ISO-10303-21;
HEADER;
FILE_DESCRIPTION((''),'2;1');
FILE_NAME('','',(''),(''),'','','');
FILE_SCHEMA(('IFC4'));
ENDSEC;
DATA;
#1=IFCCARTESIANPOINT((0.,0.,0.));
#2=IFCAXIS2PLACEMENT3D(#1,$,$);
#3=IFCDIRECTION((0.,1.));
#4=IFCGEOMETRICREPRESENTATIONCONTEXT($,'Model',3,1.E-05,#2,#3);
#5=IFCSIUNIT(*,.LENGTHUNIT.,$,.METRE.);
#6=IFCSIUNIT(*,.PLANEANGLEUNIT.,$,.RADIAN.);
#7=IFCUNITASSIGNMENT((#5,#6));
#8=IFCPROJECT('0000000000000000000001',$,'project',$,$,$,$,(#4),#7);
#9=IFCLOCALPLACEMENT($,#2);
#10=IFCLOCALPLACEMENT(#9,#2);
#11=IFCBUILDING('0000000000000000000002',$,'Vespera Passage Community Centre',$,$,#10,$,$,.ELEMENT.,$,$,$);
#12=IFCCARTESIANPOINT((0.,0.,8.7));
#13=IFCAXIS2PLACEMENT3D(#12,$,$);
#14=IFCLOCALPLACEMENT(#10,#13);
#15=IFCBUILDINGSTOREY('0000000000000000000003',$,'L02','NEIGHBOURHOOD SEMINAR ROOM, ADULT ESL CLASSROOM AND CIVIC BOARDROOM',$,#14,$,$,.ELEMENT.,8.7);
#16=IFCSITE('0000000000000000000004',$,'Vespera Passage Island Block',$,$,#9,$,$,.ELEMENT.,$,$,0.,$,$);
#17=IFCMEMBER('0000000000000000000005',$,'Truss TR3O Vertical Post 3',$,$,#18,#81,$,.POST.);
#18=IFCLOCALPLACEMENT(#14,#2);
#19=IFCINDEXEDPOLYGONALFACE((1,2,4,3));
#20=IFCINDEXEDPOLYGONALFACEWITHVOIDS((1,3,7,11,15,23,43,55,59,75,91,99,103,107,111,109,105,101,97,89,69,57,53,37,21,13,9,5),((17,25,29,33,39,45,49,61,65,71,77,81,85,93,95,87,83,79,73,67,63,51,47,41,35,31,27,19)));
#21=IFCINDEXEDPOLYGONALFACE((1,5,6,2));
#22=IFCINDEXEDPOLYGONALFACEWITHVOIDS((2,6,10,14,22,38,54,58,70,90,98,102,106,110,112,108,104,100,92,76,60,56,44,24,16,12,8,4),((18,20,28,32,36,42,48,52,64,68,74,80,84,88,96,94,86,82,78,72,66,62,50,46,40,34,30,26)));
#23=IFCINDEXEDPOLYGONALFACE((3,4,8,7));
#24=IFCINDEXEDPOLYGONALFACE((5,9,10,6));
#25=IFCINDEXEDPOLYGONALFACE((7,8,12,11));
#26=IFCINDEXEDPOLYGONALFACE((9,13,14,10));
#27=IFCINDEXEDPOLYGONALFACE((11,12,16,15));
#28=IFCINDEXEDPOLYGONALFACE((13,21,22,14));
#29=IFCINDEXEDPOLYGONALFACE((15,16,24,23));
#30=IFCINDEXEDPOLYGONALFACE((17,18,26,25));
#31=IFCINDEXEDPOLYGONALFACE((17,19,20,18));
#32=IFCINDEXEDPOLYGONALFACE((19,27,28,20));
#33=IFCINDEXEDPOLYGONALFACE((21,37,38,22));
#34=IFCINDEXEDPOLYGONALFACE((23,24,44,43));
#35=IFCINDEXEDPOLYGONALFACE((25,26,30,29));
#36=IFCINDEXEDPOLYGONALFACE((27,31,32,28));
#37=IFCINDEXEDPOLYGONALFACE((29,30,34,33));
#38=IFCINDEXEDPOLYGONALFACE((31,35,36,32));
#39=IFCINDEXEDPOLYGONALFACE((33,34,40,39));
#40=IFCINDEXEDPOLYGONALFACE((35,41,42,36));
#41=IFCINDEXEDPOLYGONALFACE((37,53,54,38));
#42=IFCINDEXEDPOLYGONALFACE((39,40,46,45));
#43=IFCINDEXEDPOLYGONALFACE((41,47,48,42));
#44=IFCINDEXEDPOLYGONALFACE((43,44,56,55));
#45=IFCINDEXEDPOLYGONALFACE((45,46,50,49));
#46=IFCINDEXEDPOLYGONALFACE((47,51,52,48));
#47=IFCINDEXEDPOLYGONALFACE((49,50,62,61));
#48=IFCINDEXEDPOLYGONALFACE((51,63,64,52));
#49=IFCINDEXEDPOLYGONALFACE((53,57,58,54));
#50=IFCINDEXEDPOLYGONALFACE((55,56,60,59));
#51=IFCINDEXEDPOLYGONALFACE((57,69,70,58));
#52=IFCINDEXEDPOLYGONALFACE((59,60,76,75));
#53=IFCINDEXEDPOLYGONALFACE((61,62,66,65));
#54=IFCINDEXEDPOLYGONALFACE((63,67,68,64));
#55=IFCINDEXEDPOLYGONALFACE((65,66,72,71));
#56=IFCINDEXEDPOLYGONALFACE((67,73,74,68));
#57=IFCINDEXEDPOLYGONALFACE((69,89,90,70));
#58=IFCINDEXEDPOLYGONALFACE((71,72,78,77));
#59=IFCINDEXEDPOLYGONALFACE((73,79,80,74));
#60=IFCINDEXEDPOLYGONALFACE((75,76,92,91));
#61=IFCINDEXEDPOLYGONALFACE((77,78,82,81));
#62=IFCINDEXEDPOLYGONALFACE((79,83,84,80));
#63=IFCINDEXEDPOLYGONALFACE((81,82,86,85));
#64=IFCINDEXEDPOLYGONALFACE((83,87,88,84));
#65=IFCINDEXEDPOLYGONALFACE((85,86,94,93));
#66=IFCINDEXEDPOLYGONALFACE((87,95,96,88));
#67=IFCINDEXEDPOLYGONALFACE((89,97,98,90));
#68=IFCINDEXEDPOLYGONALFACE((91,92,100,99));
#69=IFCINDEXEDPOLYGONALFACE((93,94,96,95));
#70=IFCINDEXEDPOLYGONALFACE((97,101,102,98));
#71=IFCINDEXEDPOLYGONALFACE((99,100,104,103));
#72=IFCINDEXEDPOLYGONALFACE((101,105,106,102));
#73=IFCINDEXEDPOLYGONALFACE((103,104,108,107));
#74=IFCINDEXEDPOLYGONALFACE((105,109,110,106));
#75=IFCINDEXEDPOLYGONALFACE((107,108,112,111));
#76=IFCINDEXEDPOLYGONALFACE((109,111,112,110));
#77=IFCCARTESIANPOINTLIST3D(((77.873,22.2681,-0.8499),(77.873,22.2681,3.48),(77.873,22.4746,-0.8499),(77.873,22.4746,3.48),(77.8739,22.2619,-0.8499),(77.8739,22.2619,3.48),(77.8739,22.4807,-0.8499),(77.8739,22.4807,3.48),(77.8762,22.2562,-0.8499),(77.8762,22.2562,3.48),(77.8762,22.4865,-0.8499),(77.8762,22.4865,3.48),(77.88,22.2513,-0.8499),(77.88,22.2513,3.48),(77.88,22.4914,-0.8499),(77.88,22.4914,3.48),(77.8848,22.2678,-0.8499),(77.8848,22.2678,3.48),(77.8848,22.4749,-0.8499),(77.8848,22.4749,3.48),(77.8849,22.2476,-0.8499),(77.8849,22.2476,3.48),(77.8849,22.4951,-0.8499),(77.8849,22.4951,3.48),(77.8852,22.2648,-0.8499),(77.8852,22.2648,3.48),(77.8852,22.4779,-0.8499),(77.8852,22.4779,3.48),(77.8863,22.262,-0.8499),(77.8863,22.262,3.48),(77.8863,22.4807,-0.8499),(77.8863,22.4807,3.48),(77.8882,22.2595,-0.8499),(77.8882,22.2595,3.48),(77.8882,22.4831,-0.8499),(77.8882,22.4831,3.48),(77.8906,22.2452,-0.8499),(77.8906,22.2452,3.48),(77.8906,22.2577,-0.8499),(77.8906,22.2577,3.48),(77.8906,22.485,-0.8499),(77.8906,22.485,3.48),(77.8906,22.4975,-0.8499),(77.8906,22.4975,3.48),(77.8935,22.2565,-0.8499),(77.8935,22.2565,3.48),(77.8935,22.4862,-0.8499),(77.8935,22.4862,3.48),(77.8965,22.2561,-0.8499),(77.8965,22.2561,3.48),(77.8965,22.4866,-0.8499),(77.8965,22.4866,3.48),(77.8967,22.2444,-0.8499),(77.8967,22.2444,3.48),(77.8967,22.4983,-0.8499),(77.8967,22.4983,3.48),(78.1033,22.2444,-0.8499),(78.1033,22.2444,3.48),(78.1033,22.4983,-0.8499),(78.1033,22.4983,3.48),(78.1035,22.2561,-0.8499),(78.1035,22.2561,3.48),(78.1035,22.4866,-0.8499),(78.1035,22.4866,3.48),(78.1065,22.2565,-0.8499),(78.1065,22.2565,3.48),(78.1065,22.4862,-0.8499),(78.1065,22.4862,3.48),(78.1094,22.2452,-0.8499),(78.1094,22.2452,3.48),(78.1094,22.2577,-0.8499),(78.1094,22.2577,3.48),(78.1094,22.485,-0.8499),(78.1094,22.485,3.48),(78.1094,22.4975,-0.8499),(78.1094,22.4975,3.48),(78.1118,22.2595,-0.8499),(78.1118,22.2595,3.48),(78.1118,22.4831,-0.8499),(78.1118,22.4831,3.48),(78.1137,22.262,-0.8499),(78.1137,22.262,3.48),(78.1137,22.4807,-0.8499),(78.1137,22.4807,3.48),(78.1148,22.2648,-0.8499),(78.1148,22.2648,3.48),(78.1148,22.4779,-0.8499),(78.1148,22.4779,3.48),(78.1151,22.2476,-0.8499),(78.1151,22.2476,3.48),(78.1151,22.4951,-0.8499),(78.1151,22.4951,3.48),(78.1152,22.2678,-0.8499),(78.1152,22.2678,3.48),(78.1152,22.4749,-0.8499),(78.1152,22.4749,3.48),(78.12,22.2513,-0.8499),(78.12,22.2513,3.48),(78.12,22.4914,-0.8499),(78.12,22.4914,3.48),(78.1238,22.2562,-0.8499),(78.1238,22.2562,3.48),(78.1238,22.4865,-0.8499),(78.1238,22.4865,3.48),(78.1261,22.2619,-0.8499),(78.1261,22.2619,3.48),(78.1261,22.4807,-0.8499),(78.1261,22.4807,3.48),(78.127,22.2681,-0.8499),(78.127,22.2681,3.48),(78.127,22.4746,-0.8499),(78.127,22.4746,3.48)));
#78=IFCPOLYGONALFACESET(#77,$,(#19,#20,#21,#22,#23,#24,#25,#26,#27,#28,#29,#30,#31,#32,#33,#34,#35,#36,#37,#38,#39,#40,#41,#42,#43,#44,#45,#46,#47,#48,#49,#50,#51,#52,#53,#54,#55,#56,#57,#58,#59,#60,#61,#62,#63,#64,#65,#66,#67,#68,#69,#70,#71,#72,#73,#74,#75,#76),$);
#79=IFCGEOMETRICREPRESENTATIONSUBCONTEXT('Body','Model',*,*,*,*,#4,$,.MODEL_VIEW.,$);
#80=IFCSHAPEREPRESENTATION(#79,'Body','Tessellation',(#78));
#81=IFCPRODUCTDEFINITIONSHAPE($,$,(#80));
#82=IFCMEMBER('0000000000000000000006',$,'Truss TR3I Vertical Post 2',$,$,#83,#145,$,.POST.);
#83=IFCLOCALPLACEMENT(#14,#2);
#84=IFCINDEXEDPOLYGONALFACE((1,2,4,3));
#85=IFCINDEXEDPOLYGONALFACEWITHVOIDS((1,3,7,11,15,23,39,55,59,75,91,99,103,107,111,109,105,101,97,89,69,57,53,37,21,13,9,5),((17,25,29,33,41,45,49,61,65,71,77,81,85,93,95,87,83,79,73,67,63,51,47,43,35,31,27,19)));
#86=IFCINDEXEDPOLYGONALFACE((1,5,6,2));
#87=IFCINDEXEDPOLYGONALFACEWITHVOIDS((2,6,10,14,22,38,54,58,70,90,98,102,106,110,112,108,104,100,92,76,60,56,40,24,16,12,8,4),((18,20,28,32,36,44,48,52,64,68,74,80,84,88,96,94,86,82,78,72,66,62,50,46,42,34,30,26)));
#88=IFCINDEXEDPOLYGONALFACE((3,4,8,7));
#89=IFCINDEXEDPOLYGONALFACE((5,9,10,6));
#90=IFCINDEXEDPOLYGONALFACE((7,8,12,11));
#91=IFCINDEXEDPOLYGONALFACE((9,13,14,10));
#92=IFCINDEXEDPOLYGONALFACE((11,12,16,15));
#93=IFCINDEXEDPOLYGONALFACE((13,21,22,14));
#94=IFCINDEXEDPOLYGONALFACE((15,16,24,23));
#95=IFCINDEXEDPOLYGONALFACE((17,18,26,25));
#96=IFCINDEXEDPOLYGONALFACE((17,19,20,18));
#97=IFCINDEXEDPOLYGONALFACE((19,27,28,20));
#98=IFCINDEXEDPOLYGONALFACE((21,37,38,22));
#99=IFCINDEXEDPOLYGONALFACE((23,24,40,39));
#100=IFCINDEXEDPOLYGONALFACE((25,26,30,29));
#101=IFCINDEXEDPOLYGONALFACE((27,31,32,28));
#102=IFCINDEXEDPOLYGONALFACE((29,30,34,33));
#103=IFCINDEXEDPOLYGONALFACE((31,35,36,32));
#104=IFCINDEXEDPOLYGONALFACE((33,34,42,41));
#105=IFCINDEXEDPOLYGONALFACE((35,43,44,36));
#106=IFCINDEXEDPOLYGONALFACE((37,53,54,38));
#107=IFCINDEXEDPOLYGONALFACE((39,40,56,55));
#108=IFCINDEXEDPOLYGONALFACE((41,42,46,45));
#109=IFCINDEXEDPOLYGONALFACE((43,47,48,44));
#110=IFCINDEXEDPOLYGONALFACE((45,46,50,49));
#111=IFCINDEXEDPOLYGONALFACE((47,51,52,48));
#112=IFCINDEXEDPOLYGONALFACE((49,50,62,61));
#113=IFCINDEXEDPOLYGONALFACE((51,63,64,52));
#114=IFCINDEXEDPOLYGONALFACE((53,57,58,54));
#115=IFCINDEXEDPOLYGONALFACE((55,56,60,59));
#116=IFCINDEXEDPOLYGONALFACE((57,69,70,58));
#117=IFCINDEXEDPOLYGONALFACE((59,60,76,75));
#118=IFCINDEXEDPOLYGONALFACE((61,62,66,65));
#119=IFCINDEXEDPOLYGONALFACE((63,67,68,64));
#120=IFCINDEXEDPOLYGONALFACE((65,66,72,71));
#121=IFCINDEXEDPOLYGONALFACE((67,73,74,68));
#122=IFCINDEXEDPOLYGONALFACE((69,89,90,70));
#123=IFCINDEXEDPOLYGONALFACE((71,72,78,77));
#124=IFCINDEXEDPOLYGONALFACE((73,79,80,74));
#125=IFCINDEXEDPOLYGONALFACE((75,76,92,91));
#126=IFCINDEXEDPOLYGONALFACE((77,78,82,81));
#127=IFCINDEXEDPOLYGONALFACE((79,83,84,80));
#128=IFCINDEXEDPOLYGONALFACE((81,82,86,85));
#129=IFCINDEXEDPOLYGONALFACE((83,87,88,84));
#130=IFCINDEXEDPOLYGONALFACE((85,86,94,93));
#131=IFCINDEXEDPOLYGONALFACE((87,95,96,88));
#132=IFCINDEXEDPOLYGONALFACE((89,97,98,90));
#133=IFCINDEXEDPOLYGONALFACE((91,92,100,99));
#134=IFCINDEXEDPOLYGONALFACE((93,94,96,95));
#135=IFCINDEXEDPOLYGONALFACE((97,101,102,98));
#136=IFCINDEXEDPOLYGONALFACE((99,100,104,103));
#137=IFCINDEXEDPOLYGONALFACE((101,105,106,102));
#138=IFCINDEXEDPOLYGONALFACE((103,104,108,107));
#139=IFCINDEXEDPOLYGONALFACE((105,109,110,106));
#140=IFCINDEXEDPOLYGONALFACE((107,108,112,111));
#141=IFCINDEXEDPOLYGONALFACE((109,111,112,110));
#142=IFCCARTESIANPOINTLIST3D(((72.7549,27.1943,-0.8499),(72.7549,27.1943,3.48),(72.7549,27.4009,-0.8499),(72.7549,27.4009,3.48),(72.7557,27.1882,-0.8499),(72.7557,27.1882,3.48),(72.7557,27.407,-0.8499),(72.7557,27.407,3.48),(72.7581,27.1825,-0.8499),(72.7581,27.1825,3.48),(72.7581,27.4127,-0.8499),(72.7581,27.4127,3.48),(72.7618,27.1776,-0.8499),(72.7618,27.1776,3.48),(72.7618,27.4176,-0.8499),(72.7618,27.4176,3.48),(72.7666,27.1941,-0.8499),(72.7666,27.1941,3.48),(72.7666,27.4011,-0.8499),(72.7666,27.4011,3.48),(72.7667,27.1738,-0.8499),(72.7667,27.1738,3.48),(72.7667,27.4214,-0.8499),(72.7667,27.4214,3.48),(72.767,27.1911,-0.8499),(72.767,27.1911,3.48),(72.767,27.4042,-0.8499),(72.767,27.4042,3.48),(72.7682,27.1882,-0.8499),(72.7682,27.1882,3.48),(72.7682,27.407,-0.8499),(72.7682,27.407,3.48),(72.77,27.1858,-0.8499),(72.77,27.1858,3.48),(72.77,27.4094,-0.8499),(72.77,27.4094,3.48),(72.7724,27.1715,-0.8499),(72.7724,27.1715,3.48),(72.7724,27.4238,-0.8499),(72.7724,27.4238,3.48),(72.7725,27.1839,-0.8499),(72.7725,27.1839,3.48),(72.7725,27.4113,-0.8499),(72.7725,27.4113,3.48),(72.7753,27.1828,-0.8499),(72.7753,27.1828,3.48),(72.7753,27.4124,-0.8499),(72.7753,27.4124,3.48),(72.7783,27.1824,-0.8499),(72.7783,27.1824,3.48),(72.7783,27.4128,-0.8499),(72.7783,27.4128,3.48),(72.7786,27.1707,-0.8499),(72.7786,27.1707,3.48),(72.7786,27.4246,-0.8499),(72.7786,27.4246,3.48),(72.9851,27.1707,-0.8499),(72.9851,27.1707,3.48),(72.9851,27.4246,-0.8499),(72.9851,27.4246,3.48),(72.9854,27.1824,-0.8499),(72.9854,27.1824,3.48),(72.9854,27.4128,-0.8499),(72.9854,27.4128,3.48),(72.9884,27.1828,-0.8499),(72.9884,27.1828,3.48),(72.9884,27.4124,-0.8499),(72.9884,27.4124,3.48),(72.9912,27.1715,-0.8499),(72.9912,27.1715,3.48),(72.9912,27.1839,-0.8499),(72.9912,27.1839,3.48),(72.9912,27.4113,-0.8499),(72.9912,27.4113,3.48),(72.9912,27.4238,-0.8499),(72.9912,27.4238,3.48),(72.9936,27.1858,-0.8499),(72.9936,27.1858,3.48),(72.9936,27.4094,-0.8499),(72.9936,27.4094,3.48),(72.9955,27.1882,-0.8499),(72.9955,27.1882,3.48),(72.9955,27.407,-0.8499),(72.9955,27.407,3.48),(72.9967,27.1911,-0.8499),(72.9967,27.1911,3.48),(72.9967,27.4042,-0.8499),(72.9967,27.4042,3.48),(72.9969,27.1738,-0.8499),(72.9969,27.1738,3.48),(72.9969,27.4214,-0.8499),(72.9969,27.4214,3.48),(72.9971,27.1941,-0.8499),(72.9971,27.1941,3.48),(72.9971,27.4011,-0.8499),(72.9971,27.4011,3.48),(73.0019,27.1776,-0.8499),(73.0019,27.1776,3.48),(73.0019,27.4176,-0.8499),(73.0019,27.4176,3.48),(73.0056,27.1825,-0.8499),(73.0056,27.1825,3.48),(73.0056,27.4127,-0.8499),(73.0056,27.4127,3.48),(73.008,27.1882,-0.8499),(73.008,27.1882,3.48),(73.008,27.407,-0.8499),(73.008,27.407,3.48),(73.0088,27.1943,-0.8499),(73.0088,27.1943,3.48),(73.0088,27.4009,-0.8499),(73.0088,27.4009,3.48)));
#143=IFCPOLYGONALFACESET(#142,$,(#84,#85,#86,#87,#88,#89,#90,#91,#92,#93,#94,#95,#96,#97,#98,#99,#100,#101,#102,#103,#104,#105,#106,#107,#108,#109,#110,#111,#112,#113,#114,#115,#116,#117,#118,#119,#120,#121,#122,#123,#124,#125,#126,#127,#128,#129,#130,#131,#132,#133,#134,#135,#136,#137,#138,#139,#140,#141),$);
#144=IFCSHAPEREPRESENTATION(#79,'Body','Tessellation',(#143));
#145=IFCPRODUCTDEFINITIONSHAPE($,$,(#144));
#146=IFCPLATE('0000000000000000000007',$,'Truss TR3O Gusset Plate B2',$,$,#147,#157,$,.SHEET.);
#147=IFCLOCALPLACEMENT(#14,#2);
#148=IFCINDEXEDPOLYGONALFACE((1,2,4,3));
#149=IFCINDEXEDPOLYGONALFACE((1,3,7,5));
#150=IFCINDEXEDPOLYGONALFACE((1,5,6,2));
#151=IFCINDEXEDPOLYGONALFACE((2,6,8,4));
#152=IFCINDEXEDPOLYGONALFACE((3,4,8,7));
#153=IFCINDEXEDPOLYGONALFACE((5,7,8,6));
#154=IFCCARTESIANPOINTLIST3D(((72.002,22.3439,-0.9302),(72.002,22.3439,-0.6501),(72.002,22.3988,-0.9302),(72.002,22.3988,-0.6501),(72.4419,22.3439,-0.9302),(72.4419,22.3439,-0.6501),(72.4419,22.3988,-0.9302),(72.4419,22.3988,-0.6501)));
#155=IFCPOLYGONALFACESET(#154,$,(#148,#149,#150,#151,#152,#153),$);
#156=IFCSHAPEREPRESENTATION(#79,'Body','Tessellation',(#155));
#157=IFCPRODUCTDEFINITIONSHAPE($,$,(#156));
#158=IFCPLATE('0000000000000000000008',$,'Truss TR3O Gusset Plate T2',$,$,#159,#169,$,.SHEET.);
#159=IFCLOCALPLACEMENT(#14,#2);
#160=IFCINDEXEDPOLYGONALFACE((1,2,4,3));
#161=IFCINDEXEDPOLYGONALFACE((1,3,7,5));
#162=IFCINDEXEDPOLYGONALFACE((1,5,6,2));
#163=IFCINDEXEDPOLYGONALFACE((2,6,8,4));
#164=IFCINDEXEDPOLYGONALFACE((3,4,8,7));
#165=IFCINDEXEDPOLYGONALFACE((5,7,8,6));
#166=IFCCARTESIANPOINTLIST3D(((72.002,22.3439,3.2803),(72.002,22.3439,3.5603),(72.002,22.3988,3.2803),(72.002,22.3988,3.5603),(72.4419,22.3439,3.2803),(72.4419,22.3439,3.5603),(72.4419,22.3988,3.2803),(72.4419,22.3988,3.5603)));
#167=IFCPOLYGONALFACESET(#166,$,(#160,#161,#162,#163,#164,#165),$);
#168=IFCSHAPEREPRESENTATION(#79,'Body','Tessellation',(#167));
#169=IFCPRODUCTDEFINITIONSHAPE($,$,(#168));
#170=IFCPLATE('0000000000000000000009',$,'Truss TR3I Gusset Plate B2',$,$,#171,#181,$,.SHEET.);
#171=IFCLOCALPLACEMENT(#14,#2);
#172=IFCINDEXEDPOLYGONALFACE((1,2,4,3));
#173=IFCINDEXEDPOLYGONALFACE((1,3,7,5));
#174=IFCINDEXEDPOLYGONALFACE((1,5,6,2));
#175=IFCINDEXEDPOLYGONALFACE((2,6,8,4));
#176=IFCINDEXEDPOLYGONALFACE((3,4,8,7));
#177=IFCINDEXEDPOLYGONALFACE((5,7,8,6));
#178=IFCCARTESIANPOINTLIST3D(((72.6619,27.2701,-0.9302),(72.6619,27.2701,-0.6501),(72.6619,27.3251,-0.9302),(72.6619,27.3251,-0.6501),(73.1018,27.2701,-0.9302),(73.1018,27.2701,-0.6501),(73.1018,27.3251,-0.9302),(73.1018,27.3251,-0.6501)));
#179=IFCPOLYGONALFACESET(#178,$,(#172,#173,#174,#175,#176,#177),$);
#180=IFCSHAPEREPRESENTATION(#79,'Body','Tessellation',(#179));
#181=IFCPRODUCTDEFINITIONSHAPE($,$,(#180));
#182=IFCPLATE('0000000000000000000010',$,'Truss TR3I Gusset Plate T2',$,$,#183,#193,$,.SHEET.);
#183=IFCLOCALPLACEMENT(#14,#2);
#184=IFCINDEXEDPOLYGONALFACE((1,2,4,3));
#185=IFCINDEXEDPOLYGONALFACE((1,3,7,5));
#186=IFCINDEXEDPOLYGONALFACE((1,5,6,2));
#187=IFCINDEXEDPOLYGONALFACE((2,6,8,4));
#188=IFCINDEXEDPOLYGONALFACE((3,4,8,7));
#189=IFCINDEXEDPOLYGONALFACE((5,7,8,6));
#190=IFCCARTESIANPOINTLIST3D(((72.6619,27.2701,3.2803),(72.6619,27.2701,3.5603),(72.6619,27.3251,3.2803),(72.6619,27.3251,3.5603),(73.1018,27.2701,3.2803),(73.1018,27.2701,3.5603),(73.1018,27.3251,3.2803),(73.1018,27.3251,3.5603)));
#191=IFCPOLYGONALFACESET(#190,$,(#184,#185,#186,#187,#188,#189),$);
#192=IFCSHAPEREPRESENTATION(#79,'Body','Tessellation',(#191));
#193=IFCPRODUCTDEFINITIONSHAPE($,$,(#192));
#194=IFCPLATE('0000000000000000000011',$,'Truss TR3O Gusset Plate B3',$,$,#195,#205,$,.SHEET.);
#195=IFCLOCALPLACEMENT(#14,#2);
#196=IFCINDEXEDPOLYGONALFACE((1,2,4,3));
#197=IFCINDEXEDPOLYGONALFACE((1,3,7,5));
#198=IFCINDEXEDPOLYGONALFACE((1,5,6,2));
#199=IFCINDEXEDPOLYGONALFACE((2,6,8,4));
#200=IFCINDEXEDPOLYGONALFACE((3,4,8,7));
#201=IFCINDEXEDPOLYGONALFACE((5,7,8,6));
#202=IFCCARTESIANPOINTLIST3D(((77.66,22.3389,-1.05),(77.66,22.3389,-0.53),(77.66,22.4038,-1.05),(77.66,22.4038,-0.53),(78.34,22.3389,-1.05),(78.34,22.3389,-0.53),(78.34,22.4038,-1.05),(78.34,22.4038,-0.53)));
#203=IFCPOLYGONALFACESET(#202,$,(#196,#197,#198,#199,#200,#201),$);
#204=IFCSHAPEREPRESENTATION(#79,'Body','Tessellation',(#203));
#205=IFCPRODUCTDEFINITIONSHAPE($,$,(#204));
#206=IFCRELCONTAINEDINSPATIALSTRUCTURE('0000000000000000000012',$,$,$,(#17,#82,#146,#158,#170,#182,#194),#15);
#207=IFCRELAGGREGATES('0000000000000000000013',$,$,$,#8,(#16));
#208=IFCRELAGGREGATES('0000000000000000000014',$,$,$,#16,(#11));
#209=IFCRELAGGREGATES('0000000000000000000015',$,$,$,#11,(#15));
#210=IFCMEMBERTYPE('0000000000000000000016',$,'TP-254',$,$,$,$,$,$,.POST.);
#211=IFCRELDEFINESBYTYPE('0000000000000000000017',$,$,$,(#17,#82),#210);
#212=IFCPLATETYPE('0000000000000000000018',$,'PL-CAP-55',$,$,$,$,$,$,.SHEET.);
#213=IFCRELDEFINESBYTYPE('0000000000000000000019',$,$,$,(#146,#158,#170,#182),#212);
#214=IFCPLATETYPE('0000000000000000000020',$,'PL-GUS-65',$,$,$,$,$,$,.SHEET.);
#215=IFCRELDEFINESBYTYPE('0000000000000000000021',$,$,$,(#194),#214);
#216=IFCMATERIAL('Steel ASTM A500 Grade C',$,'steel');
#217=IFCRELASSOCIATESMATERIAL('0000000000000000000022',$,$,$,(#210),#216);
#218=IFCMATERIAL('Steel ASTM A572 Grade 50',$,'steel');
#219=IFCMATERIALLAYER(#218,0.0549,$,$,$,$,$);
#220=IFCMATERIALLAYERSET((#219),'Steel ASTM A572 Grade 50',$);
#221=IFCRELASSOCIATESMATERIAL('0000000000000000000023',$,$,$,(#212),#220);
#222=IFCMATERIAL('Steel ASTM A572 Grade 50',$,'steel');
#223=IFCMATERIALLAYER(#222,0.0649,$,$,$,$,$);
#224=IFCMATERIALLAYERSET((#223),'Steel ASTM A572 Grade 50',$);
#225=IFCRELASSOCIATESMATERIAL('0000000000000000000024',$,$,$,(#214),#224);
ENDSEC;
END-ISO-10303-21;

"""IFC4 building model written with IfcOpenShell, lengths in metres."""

from ifc_helpers import new_model, si_unit, direction, frame, origin, origin_2d, place, context, subcontext, project, spatial, rectangle, hollow_rectangle, extrude, material, layer, layer_set, material_profile, profile_set, type_object, element, save


model = new_model("IFC4")

# Units and contexts
model_context = context("Model", 3, precision=1e-05, world=origin(), true_north=direction((0.0, 1.0)))
body_context = subcontext(model_context, "Body", "Model", "MODEL_VIEW")
ifc_project = project(units=[si_unit("LENGTHUNIT", "METRE"), si_unit("PLANEANGLEUNIT", "RADIAN")], contexts=[model_context])

# Site, building, storey
site_placement = place(None, origin())
site = spatial("IfcSite", under=ifc_project, at=site_placement, Name="Vespera Passage Island Block", CompositionType="ELEMENT", RefElevation=0.0)
building_placement = place(site_placement, origin())
building = spatial("IfcBuilding", under=site, at=building_placement, Name="Vespera Passage Community Centre", CompositionType="ELEMENT")
storey_placement = place(building_placement, frame((0.0, 0.0, 8.7)))
storey = spatial("IfcBuildingStorey", under=building, at=storey_placement, Name="L02", Description="NEIGHBOURHOOD SEMINAR ROOM, ADULT ESL CLASSROOM AND CIVIC BOARDROOM", CompositionType="ELEMENT", Elevation=8.7)

# Members
ifc_material_1 = material(Name="Steel ASTM A500 Grade C", Category="steel")
ifc_material_profile_1 = material_profile(ifc_material_1, hollow_rectangle(XDim=0.2539, YDim=0.2539, WallThickness=0.0117, InnerFilletRadius=0.0117, OuterFilletRadius=0.0237, at=origin_2d()), Name="HSS254X254X12.7")
ifc_profile_set_1 = profile_set([ifc_material_profile_1], Name="Steel ASTM A500 Grade C")
member_type_1 = type_object("IfcMemberType", Name="TP-254", PredefinedType="POST", material=ifc_profile_set_1)
for number, where, z_axis, x_axis, name in (
    (1, (78.0, 22.3713, -0.8499), (0.0, 0.0, 1.0), (1.0, 0.0, 0.0), "Truss TR3O Vertical Post 3"),
    (2, (72.8818, 27.2976, -0.8499), (0.0, 0.0, 1.0), (1.0, 0.0, 0.0), "Truss TR3I Vertical Post 2"),
):
    element("IfcMember", number, at=place(storey_placement, frame(where, z_axis=z_axis, x_axis=x_axis)), inside=storey, type_object=member_type_1, Name=name, PredefinedType="POST", context=body_context, shape_type="SweptSolid", body=[
        extrude(hollow_rectangle(XDim=0.2539, YDim=0.2539, WallThickness=0.0117, InnerFilletRadius=0.0117, OuterFilletRadius=0.0237, at=origin_2d()), origin(), (0.0, 0.0, 1.0), 4.3298),
    ])

# Plates
ifc_material_2 = material(Name="Steel ASTM A572 Grade 50", Category="steel")
ifc_layer_1 = layer(ifc_material_2, 0.0549)
ifc_layer_set_1 = layer_set([ifc_layer_1], Name="Steel ASTM A572 Grade 50")
plate_type_1 = type_object("IfcPlateType", Name="PL-CAP-55", PredefinedType="SHEET", material=ifc_layer_set_1)
for number, where, z_axis, x_axis, name in (
    (3, (72.2219, 22.3713, -0.9302), (0.0, 0.0, 1.0), (1.0, 0.0, 0.0), "Truss TR3O Gusset Plate B2"),
    (4, (72.2219, 22.3713, 3.2803), (0.0, 0.0, 1.0), (1.0, 0.0, 0.0), "Truss TR3O Gusset Plate T2"),
    (5, (72.8818, 27.2976, -0.9302), (0.0, 0.0, 1.0), (1.0, 0.0, 0.0), "Truss TR3I Gusset Plate B2"),
    (6, (72.8818, 27.2976, 3.2803), (0.0, 0.0, 1.0), (1.0, 0.0, 0.0), "Truss TR3I Gusset Plate T2"),
):
    element("IfcPlate", number, at=place(storey_placement, frame(where, z_axis=z_axis, x_axis=x_axis)), inside=storey, type_object=plate_type_1, Name=name, PredefinedType="SHEET", context=body_context, shape_type="SweptSolid", body=[
        extrude(rectangle(XDim=0.4399, YDim=0.0549, at=origin_2d()), origin(), (0.0, 0.0, 1.0), 0.28),
    ])
ifc_material_3 = material(Name="Steel ASTM A572 Grade 50", Category="steel")
ifc_layer_2 = layer(ifc_material_3, 0.0649)
ifc_layer_set_2 = layer_set([ifc_layer_2], Name="Steel ASTM A572 Grade 50")
plate_type_2 = type_object("IfcPlateType", Name="PL-GUS-65", PredefinedType="SHEET", material=ifc_layer_set_2)
for number, where, z_axis, x_axis, name in (
    (7, (78.0, 22.3713, -1.05), (0.0, 0.0, 1.0), (1.0, 0.0, 0.0), "Truss TR3O Gusset Plate B3"),
):
    element("IfcPlate", number, at=place(storey_placement, frame(where, z_axis=z_axis, x_axis=x_axis)), inside=storey, type_object=plate_type_2, Name=name, PredefinedType="SHEET", context=body_context, shape_type="SweptSolid", body=[
        extrude(rectangle(XDim=0.6799, YDim=0.0649, at=origin_2d()), origin(), (0.0, 0.0, 1.0), 0.52),
    ])

save(model, "model.ifc")
